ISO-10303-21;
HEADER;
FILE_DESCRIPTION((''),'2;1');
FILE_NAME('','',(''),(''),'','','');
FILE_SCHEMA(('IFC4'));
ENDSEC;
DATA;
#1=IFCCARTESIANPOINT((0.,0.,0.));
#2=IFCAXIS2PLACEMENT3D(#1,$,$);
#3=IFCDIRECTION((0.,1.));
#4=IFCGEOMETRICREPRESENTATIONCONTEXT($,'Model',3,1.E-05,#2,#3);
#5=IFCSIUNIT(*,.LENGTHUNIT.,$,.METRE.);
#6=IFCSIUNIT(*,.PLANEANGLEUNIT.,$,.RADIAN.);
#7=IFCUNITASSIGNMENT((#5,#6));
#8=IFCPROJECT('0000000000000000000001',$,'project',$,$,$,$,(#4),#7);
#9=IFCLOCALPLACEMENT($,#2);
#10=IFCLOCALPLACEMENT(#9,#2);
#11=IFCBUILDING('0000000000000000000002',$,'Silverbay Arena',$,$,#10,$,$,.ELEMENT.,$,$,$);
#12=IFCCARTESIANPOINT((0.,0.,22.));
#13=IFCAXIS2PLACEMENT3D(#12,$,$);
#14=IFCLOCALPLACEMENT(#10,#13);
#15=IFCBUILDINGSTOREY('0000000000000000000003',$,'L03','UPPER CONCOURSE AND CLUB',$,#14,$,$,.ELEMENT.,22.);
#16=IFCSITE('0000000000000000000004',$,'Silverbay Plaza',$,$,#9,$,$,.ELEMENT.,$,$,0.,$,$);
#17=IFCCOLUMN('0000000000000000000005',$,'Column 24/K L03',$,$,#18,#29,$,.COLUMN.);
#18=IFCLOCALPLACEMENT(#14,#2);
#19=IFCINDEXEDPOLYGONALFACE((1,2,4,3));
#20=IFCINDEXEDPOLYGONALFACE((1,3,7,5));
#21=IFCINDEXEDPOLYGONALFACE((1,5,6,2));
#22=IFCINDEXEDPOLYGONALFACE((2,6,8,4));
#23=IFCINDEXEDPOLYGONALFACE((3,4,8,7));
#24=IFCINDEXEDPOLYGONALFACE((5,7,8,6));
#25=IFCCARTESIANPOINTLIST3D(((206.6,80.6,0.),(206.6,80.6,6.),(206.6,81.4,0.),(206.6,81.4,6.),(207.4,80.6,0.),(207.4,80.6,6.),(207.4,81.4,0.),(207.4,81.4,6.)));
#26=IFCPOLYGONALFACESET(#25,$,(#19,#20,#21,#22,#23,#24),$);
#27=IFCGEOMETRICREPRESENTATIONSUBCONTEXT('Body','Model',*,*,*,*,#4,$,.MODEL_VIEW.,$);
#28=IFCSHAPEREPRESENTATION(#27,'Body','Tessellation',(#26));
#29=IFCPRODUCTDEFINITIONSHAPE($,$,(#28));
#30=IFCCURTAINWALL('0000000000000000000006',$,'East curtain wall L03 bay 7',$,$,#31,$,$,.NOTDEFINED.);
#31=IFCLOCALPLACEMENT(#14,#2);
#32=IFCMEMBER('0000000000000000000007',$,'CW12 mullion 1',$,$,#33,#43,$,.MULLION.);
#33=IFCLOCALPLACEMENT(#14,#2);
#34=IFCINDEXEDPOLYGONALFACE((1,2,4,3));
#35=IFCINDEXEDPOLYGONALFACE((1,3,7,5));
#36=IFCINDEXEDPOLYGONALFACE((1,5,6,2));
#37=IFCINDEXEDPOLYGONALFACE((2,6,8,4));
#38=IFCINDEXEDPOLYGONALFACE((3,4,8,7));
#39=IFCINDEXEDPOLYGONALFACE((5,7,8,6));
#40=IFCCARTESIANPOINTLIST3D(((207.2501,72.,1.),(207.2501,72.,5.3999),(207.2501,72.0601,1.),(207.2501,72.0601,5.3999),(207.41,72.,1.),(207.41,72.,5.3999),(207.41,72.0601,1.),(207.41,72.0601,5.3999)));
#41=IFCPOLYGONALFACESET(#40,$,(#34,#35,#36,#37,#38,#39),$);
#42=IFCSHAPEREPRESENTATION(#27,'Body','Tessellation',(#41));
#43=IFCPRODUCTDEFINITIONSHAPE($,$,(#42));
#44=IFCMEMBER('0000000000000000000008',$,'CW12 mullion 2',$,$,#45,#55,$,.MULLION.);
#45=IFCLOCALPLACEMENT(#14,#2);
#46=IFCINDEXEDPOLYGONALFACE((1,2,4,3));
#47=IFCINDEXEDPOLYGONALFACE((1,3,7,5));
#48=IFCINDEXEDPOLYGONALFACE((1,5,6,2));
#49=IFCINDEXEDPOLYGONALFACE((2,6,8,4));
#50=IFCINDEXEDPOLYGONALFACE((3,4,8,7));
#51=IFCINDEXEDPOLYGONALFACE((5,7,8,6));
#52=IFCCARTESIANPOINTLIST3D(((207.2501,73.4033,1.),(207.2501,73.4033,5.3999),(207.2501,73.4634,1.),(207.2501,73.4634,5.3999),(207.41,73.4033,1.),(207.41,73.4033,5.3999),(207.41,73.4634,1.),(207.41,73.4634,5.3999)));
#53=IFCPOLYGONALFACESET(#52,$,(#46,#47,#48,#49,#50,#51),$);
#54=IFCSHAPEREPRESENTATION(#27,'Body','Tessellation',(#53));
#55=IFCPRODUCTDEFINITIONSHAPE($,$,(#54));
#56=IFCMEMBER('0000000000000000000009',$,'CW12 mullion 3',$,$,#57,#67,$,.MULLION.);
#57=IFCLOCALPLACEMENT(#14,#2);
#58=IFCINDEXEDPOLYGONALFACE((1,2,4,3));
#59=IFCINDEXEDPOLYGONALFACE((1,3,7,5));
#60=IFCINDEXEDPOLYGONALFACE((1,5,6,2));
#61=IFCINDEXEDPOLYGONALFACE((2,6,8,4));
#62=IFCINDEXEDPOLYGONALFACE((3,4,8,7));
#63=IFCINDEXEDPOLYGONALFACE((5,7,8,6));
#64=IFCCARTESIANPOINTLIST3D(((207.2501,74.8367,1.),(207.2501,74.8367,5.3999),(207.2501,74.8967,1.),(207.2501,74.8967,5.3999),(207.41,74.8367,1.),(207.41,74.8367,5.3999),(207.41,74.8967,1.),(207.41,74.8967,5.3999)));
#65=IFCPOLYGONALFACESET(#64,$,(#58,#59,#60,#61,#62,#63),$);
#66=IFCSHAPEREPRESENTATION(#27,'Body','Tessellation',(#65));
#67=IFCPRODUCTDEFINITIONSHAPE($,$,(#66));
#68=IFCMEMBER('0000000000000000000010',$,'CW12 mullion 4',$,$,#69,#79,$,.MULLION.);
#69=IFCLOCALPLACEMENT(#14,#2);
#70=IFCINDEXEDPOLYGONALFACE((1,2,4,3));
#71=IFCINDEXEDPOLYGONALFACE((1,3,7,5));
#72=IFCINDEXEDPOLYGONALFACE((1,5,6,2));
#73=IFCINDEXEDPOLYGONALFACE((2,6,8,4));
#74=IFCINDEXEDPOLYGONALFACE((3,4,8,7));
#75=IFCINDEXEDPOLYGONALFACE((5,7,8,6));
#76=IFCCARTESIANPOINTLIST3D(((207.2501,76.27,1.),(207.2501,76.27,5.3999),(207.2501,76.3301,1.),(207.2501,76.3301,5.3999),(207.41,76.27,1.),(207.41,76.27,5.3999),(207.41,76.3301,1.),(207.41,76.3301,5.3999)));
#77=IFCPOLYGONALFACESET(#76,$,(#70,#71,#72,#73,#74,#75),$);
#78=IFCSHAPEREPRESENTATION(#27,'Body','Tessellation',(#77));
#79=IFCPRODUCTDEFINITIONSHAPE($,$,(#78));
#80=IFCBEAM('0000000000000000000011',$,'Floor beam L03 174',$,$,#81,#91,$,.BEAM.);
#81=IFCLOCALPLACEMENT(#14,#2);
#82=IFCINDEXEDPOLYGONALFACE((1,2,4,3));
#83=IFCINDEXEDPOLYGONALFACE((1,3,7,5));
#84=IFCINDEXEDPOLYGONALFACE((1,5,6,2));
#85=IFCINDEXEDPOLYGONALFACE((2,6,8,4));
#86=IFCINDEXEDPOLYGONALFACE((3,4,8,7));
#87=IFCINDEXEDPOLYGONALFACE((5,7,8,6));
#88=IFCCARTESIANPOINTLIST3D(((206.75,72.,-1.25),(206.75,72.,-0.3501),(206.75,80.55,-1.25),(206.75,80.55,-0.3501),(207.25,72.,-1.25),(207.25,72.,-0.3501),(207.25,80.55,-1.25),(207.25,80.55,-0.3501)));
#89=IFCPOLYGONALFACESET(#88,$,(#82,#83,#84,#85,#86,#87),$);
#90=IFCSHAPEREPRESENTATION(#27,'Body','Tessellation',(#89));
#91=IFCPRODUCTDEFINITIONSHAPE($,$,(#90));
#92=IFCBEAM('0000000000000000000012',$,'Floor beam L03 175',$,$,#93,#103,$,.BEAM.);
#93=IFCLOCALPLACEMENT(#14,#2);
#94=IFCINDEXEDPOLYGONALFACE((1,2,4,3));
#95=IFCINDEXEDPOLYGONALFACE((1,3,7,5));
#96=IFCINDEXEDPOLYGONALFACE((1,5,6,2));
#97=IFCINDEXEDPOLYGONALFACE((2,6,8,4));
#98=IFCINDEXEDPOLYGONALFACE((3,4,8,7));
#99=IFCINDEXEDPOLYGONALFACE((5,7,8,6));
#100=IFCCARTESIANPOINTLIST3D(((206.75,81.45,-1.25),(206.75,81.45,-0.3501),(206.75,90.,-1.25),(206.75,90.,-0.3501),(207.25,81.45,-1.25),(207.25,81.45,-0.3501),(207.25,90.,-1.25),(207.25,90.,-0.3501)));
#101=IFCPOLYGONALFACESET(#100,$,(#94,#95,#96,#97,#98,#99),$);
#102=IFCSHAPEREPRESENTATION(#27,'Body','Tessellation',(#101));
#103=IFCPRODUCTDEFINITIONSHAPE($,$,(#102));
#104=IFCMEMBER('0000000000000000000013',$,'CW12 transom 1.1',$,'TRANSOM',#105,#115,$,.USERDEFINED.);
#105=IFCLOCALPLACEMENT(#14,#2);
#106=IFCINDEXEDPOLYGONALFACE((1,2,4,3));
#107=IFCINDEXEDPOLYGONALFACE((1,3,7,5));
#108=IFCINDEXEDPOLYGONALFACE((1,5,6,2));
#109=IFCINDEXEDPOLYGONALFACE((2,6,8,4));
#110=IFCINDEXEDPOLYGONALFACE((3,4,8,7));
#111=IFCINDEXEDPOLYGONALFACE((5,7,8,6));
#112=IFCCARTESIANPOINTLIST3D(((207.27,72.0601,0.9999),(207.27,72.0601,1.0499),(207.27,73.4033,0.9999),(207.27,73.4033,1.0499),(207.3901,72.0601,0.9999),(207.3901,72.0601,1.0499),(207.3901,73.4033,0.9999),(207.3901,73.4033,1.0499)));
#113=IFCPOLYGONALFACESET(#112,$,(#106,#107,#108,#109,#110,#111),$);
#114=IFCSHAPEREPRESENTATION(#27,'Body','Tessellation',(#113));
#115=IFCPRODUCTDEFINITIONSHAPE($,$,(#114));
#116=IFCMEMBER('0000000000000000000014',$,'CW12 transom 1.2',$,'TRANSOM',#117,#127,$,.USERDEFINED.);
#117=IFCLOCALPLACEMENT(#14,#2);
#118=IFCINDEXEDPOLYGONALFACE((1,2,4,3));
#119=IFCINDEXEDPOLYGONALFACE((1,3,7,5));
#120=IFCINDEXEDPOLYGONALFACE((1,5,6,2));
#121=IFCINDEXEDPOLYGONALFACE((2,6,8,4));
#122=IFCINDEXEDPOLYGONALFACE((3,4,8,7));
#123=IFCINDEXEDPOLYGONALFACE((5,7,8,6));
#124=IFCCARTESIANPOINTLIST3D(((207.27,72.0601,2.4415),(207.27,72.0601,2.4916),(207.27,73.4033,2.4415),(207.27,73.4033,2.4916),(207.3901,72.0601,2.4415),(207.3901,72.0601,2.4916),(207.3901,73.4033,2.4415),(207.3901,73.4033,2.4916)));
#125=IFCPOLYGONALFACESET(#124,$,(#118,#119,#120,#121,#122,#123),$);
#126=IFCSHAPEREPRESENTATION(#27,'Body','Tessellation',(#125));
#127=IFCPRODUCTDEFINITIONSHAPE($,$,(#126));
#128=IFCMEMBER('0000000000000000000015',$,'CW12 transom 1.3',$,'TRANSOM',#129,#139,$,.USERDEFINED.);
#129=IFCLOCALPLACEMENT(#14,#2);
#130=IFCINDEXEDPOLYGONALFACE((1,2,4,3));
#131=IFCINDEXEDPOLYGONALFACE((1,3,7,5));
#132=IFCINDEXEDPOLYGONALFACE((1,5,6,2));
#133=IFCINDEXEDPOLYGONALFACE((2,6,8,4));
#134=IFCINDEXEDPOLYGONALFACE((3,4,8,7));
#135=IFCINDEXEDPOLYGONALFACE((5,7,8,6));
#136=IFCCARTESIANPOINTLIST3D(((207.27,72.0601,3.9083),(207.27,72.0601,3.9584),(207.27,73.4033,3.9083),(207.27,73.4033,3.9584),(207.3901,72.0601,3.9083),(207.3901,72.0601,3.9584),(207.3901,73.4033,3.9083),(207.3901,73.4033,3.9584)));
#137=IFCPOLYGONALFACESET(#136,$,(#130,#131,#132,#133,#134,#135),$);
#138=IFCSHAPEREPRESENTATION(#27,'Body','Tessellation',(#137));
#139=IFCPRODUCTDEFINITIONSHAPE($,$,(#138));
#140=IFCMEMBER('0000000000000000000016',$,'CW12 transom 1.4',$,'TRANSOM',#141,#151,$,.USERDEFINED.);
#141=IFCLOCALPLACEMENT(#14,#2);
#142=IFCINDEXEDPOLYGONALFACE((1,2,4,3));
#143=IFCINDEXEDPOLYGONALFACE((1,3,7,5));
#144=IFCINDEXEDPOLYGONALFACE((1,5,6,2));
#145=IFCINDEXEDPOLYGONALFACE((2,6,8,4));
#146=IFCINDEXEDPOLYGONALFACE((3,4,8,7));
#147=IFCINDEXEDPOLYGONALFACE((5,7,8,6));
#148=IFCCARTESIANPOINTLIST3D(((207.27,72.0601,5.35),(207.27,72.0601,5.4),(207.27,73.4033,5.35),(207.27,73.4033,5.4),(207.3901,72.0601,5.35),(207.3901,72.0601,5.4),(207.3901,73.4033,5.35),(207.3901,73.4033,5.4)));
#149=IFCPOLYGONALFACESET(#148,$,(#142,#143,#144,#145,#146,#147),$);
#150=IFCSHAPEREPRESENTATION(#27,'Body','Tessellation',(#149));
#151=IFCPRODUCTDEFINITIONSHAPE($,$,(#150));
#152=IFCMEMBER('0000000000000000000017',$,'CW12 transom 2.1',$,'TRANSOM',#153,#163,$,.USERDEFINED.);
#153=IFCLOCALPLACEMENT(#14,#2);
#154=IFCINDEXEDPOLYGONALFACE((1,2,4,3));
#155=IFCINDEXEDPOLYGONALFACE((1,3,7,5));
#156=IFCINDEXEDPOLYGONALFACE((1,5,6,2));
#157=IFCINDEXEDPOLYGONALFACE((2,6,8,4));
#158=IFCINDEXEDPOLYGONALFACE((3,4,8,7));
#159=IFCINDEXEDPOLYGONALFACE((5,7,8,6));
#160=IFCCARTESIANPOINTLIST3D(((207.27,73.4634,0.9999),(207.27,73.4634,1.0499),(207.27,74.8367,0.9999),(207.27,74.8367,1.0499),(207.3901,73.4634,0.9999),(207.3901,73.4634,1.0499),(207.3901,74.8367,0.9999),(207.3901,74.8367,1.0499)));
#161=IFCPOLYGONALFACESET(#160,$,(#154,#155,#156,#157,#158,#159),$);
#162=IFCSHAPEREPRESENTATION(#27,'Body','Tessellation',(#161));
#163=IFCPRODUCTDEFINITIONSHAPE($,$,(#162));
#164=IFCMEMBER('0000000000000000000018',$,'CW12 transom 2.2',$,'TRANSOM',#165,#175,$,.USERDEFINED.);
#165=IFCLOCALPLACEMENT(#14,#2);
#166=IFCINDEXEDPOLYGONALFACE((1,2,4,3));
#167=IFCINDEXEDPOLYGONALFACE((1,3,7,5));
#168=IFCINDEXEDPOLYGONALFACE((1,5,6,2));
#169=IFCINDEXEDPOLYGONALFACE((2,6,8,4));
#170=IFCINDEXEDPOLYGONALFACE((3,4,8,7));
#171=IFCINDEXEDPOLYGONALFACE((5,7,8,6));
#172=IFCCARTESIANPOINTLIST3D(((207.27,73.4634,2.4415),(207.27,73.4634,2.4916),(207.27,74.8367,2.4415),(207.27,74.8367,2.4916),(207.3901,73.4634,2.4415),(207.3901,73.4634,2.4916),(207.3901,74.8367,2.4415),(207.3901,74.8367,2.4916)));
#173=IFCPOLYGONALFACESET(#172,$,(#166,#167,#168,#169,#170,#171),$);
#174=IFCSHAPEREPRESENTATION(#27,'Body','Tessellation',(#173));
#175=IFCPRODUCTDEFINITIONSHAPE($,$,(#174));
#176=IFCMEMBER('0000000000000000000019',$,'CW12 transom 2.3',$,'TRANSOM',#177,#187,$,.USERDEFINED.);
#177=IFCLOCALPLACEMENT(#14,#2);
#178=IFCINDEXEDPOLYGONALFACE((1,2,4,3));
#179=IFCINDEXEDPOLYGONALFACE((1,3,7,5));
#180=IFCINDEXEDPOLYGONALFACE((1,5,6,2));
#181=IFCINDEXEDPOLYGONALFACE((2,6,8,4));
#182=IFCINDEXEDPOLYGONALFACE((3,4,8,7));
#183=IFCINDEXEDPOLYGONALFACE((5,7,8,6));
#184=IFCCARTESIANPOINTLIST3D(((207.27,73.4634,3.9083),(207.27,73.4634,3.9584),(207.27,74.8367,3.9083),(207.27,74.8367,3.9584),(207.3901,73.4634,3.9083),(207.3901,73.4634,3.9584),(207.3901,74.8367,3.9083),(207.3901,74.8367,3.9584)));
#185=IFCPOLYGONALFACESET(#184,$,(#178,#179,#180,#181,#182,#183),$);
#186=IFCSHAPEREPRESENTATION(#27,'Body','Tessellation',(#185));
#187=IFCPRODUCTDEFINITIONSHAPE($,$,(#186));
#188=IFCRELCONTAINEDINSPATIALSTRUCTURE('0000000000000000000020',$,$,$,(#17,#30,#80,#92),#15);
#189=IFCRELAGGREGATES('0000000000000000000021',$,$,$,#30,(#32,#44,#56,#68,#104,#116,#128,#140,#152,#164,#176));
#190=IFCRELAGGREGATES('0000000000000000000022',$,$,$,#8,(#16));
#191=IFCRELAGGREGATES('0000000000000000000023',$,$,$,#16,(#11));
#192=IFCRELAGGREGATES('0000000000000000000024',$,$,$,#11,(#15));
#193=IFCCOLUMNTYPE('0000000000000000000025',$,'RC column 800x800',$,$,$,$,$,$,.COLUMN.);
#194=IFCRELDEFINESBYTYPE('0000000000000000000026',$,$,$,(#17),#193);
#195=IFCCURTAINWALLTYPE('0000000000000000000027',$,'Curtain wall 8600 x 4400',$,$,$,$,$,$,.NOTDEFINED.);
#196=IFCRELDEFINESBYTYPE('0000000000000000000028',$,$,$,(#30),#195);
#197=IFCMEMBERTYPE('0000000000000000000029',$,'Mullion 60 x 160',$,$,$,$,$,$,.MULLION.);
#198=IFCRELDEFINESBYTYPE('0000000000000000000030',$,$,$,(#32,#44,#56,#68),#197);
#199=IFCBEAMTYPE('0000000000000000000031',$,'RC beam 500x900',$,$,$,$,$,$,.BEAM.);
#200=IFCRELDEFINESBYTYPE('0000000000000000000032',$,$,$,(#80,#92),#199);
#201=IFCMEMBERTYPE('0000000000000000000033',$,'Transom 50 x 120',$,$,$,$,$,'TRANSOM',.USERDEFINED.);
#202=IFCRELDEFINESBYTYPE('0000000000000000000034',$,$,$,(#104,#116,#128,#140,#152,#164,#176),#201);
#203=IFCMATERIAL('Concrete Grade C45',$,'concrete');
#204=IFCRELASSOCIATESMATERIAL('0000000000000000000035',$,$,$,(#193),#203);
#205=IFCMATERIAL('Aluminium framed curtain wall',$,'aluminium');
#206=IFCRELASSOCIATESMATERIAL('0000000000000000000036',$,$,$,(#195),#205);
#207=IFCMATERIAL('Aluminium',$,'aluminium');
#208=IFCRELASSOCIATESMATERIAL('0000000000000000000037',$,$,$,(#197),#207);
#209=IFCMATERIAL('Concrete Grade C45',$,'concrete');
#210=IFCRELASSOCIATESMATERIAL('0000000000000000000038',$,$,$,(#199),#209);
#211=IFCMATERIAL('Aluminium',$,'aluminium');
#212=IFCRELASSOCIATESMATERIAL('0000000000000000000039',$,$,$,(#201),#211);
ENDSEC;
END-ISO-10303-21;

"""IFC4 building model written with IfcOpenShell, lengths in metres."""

from ifc_helpers import new_model, si_unit, direction, frame, origin, origin_2d, place, context, subcontext, project, spatial, rectangle, extrude, material, material_profile, profile_set, type_object, element, aggregate, save


model = new_model("IFC4")

# Units and contexts
model_context = context("Model", 3, precision=1e-05, world=origin(), true_north=direction((0.0, 1.0)))
body_context = subcontext(model_context, "Body", "Model", "MODEL_VIEW")
ifc_project = project(units=[si_unit("LENGTHUNIT", "METRE"), si_unit("PLANEANGLEUNIT", "RADIAN")], contexts=[model_context])

# Site, building, storey
site_placement = place(None, origin())
site = spatial("IfcSite", under=ifc_project, at=site_placement, Name="Silverbay Plaza", CompositionType="ELEMENT", RefElevation=0.0)
building_placement = place(site_placement, origin())
building = spatial("IfcBuilding", under=site, at=building_placement, Name="Silverbay Arena", CompositionType="ELEMENT")
storey_placement = place(building_placement, frame((0.0, 0.0, 22.0)))
storey = spatial("IfcBuildingStorey", under=building, at=storey_placement, Name="L03", Description="UPPER CONCOURSE AND CLUB", CompositionType="ELEMENT", Elevation=22.0)

# Column
ifc_material_1 = material(Name="Concrete Grade C45", Category="concrete")
ifc_material_profile_1 = material_profile(ifc_material_1, rectangle(XDim=0.8, YDim=0.8, at=origin_2d()), Name="RC 800x800")
ifc_profile_set_1 = profile_set([ifc_material_profile_1], Name="Concrete Grade C45")
column_type = type_object("IfcColumnType", Name="RC column 800x800", PredefinedType="COLUMN", material=ifc_profile_set_1)
column_placement = place(storey_placement, frame((207.0, 81.0, 0.0), z_axis=(0.0, 0.0, 1.0), x_axis=(1.0, 0.0, 0.0)))
element("IfcColumn", 1, at=column_placement, inside=storey, type_object=column_type, Name="Column 24/K L03", PredefinedType="COLUMN", context=body_context, shape_type="SweptSolid", body=[
    extrude(rectangle(XDim=0.8, YDim=0.8, at=origin_2d()), origin(), (0.0, 0.0, 1.0), 6.0),
])

# Curtain wall, members
ifc_material_2 = material(Name="Aluminium framed curtain wall", Category="aluminium")
curtain_wall_type = type_object("IfcCurtainWallType", Name="Curtain wall 8600 x 4400", PredefinedType="NOTDEFINED", material=ifc_material_2)
curtain_wall_placement = place(storey_placement, origin())
curtain_wall = element("IfcCurtainWall", 2, at=curtain_wall_placement, inside=storey, type_object=curtain_wall_type, Name="East curtain wall L03 bay 7", PredefinedType="NOTDEFINED")
ifc_material_3 = material(Name="Aluminium", Category="aluminium")
ifc_material_profile_2 = material_profile(ifc_material_3, rectangle(XDim=0.1599, YDim=0.0601, at=origin_2d()), Name="Mullion 60 x 160")
ifc_profile_set_2 = profile_set([ifc_material_profile_2], Name="Aluminium")
member_type_1 = type_object("IfcMemberType", Name="Mullion 60 x 160", PredefinedType="MULLION", material=ifc_profile_set_2)
member_1_placement = place(storey_placement, frame((207.3301, 72.03, 1.0), z_axis=(0.0, 0.0, 1.0), x_axis=(-1.0, 0.0, 0.0)))
member_1 = element("IfcMember", 3, at=member_1_placement, type_object=member_type_1, Name="CW12 mullion 1", PredefinedType="MULLION", context=body_context, shape_type="SweptSolid", body=[
    extrude(rectangle(XDim=0.1599, YDim=0.0601, at=origin_2d()), origin(), (0.0, 0.0, 1.0), 4.3999),
])
member_2_placement = place(storey_placement, frame((207.3301, 73.4333, 1.0), z_axis=(0.0, 0.0, 1.0), x_axis=(-1.0, 0.0, 0.0)))
member_2 = element("IfcMember", 4, at=member_2_placement, type_object=member_type_1, Name="CW12 mullion 2", PredefinedType="MULLION", context=body_context, shape_type="SweptSolid", body=[
    extrude(rectangle(XDim=0.1599, YDim=0.0601, at=origin_2d()), origin(), (0.0, 0.0, 1.0), 4.3999),
])
member_3_placement = place(storey_placement, frame((207.3301, 74.8667, 1.0), z_axis=(0.0, 0.0, 1.0), x_axis=(-1.0, 0.0, 0.0)))
member_3 = element("IfcMember", 5, at=member_3_placement, type_object=member_type_1, Name="CW12 mullion 3", PredefinedType="MULLION", context=body_context, shape_type="SweptSolid", body=[
    extrude(rectangle(XDim=0.1599, YDim=0.0601, at=origin_2d()), origin(), (0.0, 0.0, 1.0), 4.3999),
])
member_4_placement = place(storey_placement, frame((207.3301, 76.3, 1.0), z_axis=(0.0, 0.0, 1.0), x_axis=(-1.0, 0.0, 0.0)))
member_4 = element("IfcMember", 6, at=member_4_placement, type_object=member_type_1, Name="CW12 mullion 4", PredefinedType="MULLION", context=body_context, shape_type="SweptSolid", body=[
    extrude(rectangle(XDim=0.1599, YDim=0.0601, at=origin_2d()), origin(), (0.0, 0.0, 1.0), 4.3999),
])

# Beams
ifc_material_4 = material(Name="Concrete Grade C45", Category="concrete")
ifc_material_profile_3 = material_profile(ifc_material_4, rectangle(XDim=0.5, YDim=0.8999, at=origin_2d()), Name="RC 500x900")
ifc_profile_set_3 = profile_set([ifc_material_profile_3], Name="Concrete Grade C45")
beam_type = type_object("IfcBeamType", Name="RC beam 500x900", PredefinedType="BEAM", material=ifc_profile_set_3)
for number, where, z_axis, x_axis, name in (
    (7, (207.0, 72.0, -0.8), (0.0, 1.0, 0.0), (-1.0, 0.0, 0.0), "Floor beam L03 174"),
    (8, (207.0, 81.45, -0.8), (0.0, 1.0, 0.0), (-1.0, 0.0, 0.0), "Floor beam L03 175"),
):
    element("IfcBeam", number, at=place(storey_placement, frame(where, z_axis=z_axis, x_axis=x_axis)), inside=storey, type_object=beam_type, Name=name, PredefinedType="BEAM", context=body_context, shape_type="SweptSolid", body=[
        extrude(rectangle(XDim=0.5, YDim=0.8999, at=origin_2d()), origin(), (0.0, 0.0, 1.0), 8.55),
    ])

# Members
ifc_material_5 = material(Name="Aluminium", Category="aluminium")
ifc_material_profile_4 = material_profile(ifc_material_5, rectangle(XDim=0.1201, YDim=0.05, at=origin_2d()), Name="Transom 50 x 120")
ifc_profile_set_4 = profile_set([ifc_material_profile_4], Name="Aluminium")
member_type_2 = type_object("IfcMemberType", Name="Transom 50 x 120", ElementType="TRANSOM", PredefinedType="USERDEFINED", material=ifc_profile_set_4)
member_5_placement = place(storey_placement, frame((207.3301, 72.0601, 1.0249), z_axis=(0.0, 1.0, 0.0), x_axis=(-1.0, 0.0, 0.0)))
member_5 = element("IfcMember", 9, at=member_5_placement, type_object=member_type_2, Name="CW12 transom 1.1", ObjectType="TRANSOM", PredefinedType="USERDEFINED", context=body_context, shape_type="SweptSolid", body=[
    extrude(rectangle(XDim=0.1201, YDim=0.05, at=origin_2d()), origin(), (0.0, 0.0, 1.0), 1.3433),
])
member_6_placement = place(storey_placement, frame((207.3301, 72.0601, 2.4666), z_axis=(0.0, 1.0, 0.0), x_axis=(-1.0, 0.0, 0.0)))
member_6 = element("IfcMember", 10, at=member_6_placement, type_object=member_type_2, Name="CW12 transom 1.2", ObjectType="TRANSOM", PredefinedType="USERDEFINED", context=body_context, shape_type="SweptSolid", body=[
    extrude(rectangle(XDim=0.1201, YDim=0.05, at=origin_2d()), origin(), (0.0, 0.0, 1.0), 1.3433),
])
member_7_placement = place(storey_placement, frame((207.3301, 72.0601, 3.9333), z_axis=(0.0, 1.0, 0.0), x_axis=(-1.0, 0.0, 0.0)))
member_7 = element("IfcMember", 11, at=member_7_placement, type_object=member_type_2, Name="CW12 transom 1.3", ObjectType="TRANSOM", PredefinedType="USERDEFINED", context=body_context, shape_type="SweptSolid", body=[
    extrude(rectangle(XDim=0.1201, YDim=0.05, at=origin_2d()), origin(), (0.0, 0.0, 1.0), 1.3433),
])
member_8_placement = place(storey_placement, frame((207.3301, 72.0601, 5.375), z_axis=(0.0, 1.0, 0.0), x_axis=(-1.0, 0.0, 0.0)))
member_8 = element("IfcMember", 12, at=member_8_placement, type_object=member_type_2, Name="CW12 transom 1.4", ObjectType="TRANSOM", PredefinedType="USERDEFINED", context=body_context, shape_type="SweptSolid", body=[
    extrude(rectangle(XDim=0.1201, YDim=0.05, at=origin_2d()), origin(), (0.0, 0.0, 1.0), 1.3433),
])
member_9_placement = place(storey_placement, frame((207.3301, 73.4634, 1.0249), z_axis=(0.0, 1.0, 0.0), x_axis=(-1.0, 0.0, 0.0)))
member_9 = element("IfcMember", 13, at=member_9_placement, type_object=member_type_2, Name="CW12 transom 2.1", ObjectType="TRANSOM", PredefinedType="USERDEFINED", context=body_context, shape_type="SweptSolid", body=[
    extrude(rectangle(XDim=0.1201, YDim=0.05, at=origin_2d()), origin(), (0.0, 0.0, 1.0), 1.3733),
])
member_10_placement = place(storey_placement, frame((207.3301, 73.4634, 2.4666), z_axis=(0.0, 1.0, 0.0), x_axis=(-1.0, 0.0, 0.0)))
member_10 = element("IfcMember", 14, at=member_10_placement, type_object=member_type_2, Name="CW12 transom 2.2", ObjectType="TRANSOM", PredefinedType="USERDEFINED", context=body_context, shape_type="SweptSolid", body=[
    extrude(rectangle(XDim=0.1201, YDim=0.05, at=origin_2d()), origin(), (0.0, 0.0, 1.0), 1.3733),
])
member_11_placement = place(storey_placement, frame((207.3301, 73.4634, 3.9333), z_axis=(0.0, 1.0, 0.0), x_axis=(-1.0, 0.0, 0.0)))
member_11 = element("IfcMember", 15, at=member_11_placement, type_object=member_type_2, Name="CW12 transom 2.3", ObjectType="TRANSOM", PredefinedType="USERDEFINED", context=body_context, shape_type="SweptSolid", body=[
    extrude(rectangle(XDim=0.1201, YDim=0.05, at=origin_2d()), origin(), (0.0, 0.0, 1.0), 1.3733),
])

aggregate(curtain_wall, [member_1, member_2, member_3, member_4, member_5, member_6, member_7, member_8, member_9, member_10, member_11])

save(model, "model.ifc")
